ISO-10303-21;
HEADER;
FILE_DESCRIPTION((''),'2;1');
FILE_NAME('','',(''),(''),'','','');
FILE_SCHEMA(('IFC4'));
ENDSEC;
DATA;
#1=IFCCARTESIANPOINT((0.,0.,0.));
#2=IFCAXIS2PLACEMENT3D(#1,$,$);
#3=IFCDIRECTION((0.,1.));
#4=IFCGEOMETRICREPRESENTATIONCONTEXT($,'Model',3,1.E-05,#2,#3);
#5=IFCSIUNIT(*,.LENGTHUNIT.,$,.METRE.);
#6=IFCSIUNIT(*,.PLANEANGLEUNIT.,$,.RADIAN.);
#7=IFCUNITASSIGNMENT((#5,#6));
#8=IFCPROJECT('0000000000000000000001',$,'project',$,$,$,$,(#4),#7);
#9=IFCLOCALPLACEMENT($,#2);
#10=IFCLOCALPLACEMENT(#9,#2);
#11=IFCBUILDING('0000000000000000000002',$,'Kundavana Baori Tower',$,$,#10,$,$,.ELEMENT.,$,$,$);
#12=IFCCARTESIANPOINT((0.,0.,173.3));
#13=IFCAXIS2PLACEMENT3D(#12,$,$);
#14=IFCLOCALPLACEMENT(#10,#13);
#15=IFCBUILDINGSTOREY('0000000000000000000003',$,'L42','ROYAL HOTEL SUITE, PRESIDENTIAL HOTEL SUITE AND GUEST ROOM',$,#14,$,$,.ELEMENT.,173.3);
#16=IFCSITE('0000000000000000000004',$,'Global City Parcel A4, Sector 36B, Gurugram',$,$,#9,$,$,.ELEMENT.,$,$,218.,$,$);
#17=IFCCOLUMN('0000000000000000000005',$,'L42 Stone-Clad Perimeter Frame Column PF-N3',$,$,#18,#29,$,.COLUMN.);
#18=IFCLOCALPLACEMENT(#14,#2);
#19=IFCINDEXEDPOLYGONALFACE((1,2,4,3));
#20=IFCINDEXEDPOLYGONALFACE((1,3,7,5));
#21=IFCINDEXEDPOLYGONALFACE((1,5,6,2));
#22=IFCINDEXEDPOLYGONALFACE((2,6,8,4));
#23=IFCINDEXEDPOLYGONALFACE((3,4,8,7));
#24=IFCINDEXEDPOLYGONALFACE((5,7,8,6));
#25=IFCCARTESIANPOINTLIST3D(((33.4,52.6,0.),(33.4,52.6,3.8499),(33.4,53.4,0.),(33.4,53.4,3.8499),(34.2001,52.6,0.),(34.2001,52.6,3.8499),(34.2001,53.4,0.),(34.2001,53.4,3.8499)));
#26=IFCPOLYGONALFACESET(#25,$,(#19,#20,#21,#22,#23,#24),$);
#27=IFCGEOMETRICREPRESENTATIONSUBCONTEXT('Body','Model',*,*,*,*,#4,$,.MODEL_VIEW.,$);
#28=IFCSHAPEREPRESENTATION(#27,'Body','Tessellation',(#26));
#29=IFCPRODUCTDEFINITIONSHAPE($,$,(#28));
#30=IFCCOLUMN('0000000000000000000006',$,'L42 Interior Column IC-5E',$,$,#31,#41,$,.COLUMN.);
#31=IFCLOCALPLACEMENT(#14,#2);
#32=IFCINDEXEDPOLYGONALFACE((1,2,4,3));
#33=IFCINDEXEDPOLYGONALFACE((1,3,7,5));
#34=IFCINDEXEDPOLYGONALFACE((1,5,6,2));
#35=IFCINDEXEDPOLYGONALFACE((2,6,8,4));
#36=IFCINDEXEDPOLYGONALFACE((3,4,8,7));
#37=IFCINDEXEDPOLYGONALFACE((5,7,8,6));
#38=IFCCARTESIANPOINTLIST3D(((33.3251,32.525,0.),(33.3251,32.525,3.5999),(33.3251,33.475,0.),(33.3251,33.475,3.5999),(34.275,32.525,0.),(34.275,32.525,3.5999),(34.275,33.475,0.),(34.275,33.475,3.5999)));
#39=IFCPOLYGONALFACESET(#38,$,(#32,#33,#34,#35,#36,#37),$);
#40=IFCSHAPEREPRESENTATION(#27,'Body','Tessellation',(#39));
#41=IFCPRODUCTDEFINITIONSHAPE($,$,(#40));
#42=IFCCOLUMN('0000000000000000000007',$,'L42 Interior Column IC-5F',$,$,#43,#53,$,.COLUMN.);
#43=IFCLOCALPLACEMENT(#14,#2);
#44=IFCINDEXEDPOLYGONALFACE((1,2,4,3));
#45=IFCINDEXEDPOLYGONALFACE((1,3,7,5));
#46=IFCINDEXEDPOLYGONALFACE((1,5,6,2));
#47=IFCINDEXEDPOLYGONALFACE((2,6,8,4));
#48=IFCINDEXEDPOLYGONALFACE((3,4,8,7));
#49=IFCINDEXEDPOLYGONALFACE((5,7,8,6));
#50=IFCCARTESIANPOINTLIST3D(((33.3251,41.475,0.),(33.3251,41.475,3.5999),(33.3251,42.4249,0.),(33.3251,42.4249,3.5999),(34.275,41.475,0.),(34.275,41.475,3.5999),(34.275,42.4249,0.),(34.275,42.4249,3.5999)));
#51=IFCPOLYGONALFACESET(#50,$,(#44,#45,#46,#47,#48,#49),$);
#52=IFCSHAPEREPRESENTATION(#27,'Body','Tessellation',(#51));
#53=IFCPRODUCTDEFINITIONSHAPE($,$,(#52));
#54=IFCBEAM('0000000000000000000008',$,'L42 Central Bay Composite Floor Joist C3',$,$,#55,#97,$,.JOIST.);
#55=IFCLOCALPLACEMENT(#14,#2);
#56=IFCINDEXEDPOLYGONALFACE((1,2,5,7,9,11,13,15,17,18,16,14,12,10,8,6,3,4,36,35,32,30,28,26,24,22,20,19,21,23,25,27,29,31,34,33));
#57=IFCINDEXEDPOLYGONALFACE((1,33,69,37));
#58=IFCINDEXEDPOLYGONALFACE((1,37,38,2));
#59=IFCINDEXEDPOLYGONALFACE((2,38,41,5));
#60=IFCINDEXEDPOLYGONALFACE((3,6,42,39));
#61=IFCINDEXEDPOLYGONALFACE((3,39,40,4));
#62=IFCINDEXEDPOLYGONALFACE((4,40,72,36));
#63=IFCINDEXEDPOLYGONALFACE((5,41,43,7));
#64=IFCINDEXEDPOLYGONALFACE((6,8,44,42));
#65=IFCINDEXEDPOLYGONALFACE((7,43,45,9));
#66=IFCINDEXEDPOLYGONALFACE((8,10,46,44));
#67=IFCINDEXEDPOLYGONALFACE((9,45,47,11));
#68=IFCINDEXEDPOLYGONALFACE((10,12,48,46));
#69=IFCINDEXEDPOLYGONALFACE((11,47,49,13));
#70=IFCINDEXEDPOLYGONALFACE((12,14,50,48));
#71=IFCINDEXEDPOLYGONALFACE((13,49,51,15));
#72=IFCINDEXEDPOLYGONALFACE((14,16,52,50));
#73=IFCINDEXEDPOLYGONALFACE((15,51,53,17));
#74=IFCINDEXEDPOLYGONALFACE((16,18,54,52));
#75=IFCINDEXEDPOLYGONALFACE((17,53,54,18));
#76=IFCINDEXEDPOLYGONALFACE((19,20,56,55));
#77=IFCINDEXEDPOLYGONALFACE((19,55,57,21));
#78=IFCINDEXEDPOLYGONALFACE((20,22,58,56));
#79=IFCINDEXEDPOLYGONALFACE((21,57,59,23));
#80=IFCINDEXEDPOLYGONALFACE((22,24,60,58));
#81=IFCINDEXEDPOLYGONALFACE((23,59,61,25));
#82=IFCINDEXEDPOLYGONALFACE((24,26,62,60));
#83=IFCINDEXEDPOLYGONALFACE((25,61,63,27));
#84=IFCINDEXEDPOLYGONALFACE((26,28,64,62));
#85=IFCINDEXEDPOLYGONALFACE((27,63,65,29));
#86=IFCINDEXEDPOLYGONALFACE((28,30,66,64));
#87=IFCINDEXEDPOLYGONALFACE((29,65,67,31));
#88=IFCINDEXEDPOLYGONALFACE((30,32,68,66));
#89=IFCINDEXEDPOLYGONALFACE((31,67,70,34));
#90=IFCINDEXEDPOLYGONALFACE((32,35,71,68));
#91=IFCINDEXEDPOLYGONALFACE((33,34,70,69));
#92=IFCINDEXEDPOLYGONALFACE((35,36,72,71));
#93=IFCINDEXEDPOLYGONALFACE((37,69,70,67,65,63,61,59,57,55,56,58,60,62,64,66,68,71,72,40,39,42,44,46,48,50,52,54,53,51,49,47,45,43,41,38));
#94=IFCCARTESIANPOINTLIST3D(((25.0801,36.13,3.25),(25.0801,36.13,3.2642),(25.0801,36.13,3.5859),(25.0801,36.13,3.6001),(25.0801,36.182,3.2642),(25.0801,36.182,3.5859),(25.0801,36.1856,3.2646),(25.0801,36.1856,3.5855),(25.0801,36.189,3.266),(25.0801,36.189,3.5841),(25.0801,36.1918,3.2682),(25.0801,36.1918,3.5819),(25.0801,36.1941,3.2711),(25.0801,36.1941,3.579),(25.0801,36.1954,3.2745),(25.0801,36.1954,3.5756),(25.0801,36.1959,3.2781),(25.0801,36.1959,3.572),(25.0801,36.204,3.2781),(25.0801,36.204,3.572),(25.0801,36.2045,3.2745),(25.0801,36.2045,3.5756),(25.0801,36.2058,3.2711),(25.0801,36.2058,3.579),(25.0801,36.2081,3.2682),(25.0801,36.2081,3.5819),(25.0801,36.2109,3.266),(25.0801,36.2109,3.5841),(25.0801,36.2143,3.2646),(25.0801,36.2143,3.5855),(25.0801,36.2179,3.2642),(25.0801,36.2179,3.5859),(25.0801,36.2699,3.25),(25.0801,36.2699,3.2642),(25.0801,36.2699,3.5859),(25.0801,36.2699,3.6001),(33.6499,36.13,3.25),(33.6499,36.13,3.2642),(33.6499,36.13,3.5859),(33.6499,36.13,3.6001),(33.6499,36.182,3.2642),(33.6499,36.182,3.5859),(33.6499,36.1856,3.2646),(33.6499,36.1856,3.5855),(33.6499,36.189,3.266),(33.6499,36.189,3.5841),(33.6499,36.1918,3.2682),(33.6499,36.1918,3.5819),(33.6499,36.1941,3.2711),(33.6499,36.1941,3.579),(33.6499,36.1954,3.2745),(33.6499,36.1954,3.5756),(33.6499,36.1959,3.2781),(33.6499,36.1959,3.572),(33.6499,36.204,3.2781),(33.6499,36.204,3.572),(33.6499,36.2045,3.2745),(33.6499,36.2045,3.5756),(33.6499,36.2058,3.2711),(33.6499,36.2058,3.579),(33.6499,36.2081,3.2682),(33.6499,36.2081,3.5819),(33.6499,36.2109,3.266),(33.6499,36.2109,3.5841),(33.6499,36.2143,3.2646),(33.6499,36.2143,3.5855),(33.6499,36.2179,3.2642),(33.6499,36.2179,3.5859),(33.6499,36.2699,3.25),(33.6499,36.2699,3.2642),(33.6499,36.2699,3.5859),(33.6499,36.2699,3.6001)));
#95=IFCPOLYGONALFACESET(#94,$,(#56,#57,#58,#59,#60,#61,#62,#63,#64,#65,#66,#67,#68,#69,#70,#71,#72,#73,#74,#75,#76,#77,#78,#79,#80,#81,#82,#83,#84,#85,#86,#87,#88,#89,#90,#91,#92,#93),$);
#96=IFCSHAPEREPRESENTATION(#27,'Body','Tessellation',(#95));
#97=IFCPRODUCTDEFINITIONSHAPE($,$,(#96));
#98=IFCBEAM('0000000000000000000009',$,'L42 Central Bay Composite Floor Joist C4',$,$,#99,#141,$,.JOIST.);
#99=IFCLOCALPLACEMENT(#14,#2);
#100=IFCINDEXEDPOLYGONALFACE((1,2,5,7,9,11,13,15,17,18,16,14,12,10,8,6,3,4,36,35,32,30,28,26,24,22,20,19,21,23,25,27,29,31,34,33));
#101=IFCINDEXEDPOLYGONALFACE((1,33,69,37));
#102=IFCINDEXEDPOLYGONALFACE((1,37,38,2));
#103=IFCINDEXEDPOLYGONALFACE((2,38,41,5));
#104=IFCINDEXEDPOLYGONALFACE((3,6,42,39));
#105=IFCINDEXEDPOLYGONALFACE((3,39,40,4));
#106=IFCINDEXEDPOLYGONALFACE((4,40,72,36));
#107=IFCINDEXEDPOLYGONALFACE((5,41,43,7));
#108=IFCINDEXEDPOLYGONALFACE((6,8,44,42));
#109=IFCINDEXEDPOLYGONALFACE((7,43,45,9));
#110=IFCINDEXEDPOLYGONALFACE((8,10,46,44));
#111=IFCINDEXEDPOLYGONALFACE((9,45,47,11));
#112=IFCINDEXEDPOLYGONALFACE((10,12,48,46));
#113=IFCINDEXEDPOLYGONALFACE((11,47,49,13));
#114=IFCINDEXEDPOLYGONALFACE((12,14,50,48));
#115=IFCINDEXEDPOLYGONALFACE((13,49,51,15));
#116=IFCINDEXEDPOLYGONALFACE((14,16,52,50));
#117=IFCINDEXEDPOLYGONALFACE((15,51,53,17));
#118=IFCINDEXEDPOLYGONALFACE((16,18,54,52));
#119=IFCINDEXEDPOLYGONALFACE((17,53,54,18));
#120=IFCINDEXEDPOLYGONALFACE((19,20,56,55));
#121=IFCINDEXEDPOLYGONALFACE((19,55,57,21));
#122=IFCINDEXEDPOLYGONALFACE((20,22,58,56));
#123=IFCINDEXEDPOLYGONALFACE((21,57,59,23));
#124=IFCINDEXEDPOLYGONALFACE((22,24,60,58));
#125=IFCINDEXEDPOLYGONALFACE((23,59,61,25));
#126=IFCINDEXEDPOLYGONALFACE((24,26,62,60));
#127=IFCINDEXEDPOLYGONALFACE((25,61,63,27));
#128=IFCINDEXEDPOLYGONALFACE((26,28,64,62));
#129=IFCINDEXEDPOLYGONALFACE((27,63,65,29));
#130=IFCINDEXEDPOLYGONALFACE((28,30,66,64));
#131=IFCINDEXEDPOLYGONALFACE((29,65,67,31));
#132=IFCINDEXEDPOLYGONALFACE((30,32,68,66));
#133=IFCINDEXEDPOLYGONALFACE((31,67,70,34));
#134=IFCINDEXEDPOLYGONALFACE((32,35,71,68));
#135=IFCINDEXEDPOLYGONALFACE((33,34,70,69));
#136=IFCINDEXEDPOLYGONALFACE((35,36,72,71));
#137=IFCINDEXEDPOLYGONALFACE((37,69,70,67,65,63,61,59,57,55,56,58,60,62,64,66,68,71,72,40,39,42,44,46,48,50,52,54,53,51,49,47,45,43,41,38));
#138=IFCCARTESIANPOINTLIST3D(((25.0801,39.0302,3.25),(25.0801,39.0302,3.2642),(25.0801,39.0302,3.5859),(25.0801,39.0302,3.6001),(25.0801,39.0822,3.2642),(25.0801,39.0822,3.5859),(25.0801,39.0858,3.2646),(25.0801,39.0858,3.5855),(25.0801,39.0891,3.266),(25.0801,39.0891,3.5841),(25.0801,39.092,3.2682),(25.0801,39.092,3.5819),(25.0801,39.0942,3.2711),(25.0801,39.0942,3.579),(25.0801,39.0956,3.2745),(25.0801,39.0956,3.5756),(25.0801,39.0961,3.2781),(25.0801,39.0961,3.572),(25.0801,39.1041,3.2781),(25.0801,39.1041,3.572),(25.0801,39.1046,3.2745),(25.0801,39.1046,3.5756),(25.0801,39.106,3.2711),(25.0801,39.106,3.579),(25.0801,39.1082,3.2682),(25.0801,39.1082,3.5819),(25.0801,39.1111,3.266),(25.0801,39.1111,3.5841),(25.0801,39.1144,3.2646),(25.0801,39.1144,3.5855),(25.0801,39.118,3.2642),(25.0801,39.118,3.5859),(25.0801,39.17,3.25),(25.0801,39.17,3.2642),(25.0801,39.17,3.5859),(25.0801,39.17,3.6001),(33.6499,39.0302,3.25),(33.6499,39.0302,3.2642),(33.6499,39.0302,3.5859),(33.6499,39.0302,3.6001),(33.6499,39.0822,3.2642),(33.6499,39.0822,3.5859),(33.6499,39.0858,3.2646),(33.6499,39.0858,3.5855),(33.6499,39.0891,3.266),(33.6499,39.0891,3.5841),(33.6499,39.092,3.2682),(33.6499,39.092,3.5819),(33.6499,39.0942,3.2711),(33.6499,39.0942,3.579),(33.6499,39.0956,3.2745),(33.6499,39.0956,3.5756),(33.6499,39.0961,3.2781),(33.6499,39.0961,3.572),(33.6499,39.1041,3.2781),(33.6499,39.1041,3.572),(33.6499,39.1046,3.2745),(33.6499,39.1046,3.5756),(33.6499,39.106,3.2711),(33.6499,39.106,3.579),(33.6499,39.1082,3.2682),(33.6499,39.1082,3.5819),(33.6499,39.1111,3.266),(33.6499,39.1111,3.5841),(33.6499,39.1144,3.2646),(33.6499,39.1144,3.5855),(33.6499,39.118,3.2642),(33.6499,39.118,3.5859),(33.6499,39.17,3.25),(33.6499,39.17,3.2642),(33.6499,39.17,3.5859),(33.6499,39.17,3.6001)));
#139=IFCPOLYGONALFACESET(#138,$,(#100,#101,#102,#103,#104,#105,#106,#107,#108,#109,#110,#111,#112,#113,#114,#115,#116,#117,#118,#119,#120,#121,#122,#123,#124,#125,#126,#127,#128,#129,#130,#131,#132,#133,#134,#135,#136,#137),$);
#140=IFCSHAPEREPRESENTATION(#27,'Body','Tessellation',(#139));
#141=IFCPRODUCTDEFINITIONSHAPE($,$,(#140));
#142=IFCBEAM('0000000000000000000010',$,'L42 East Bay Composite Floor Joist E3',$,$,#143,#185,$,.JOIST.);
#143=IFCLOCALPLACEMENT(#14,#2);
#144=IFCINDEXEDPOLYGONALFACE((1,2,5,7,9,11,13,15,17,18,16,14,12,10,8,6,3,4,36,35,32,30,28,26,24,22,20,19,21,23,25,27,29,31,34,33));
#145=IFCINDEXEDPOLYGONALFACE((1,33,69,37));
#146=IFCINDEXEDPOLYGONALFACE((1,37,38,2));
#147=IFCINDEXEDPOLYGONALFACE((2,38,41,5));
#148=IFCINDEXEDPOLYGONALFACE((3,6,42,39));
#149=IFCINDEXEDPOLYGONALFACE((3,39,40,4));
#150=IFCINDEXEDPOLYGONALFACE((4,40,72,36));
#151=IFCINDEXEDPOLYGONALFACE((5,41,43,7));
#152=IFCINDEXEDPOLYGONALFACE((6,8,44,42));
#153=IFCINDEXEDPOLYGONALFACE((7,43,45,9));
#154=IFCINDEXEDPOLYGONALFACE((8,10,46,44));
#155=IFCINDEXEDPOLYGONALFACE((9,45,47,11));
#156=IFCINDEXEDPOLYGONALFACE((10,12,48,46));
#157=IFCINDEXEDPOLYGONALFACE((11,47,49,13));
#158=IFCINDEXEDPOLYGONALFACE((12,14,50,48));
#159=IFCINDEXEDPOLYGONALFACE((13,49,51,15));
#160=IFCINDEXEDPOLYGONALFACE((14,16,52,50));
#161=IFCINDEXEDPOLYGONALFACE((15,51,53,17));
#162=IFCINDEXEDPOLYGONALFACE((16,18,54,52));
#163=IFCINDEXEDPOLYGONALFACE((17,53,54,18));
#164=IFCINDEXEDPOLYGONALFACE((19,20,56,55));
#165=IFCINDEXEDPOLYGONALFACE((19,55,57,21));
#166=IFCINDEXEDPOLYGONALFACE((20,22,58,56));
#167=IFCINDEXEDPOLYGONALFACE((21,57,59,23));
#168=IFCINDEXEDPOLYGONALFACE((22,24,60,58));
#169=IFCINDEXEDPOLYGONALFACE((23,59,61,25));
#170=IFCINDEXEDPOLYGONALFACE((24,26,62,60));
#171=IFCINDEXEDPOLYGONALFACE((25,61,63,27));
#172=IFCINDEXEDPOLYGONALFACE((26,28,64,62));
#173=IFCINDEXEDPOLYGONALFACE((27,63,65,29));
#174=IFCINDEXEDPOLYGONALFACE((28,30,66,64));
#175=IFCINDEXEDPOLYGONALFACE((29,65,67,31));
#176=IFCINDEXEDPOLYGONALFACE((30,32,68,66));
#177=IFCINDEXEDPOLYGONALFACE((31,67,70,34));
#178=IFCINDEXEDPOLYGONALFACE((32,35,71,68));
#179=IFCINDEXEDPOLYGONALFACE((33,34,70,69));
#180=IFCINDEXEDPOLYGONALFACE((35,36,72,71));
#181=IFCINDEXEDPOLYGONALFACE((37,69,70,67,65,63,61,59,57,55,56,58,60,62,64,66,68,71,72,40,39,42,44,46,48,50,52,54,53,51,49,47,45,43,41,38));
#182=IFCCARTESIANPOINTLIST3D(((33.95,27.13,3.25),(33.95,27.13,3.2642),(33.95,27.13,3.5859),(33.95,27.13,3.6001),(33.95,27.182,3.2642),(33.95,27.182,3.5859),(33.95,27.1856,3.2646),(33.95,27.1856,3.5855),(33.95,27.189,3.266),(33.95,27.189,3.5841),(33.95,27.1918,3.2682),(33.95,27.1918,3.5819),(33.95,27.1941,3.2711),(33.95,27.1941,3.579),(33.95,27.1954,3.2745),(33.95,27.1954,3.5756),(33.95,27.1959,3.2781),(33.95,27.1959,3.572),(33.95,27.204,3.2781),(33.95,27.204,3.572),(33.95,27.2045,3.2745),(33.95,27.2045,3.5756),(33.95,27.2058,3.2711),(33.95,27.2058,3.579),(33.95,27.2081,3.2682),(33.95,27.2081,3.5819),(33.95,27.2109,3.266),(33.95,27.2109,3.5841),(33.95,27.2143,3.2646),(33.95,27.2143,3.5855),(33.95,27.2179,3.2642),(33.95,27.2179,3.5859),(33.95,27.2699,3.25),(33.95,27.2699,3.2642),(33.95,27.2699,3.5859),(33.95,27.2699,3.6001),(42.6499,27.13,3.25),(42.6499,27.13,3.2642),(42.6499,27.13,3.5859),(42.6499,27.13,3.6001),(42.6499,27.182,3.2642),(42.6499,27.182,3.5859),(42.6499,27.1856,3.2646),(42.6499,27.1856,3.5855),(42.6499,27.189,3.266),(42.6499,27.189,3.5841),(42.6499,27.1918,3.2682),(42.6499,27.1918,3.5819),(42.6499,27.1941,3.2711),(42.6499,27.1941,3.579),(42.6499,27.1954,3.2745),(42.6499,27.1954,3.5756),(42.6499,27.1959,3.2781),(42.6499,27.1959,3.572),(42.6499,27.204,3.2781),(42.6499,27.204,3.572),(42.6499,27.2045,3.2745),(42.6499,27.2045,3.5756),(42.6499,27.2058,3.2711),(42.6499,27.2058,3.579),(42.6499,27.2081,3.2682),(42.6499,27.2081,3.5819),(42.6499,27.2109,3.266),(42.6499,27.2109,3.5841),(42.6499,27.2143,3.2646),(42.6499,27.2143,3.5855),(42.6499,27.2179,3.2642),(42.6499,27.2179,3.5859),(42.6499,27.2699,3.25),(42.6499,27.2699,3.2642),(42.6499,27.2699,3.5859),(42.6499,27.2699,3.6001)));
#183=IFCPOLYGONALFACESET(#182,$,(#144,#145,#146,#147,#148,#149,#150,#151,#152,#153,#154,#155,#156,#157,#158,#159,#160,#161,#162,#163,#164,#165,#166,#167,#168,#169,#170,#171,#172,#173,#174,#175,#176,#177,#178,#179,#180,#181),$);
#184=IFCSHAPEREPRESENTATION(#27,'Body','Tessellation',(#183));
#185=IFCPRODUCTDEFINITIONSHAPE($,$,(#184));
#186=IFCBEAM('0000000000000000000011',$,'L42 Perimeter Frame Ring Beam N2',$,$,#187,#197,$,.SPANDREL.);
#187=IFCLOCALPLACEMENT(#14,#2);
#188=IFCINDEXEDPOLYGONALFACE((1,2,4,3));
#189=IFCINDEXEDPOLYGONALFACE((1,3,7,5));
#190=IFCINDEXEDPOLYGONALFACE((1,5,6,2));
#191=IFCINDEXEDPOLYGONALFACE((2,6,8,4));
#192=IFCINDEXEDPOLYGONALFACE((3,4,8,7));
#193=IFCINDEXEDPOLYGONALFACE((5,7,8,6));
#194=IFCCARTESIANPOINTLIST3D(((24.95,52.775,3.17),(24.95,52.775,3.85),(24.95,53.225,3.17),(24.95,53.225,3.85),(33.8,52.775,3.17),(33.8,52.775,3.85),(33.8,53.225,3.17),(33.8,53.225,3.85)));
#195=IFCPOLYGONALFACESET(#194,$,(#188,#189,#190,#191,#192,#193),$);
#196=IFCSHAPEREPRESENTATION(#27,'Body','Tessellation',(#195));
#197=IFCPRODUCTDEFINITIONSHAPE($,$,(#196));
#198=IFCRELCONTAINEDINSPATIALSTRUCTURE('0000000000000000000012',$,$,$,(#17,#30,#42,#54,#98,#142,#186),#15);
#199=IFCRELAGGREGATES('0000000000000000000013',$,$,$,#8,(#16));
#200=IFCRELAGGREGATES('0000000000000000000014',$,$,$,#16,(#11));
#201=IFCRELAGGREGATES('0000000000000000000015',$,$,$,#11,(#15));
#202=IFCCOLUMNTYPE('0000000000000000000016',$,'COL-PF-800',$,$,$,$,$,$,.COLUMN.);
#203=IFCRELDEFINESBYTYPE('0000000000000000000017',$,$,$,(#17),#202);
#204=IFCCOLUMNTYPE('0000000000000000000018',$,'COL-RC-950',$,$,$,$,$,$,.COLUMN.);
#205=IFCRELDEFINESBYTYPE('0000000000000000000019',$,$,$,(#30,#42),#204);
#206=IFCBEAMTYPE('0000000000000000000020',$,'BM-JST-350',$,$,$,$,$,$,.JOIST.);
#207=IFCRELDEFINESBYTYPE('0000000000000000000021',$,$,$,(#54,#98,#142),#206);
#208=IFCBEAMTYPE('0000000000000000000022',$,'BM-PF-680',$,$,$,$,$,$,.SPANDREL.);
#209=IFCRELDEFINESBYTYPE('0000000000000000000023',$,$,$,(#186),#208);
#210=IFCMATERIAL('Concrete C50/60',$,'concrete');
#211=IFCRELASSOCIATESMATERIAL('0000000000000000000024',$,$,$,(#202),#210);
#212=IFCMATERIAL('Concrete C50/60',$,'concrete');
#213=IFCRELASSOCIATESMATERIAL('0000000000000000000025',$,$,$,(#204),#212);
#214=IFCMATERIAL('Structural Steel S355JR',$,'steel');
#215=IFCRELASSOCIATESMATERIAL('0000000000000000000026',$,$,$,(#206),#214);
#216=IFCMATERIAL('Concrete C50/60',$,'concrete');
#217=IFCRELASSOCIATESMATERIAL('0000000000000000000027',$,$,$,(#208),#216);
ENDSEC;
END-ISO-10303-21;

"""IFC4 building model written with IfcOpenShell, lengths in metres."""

from ifc_helpers import new_model, si_unit, direction, frame, origin, origin_2d, place, context, subcontext, project, spatial, rectangle, i_section, extrude, material, material_profile, profile_set, type_object, element, save


model = new_model("IFC4")

# Units and contexts
model_context = context("Model", 3, precision=1e-05, world=origin(), true_north=direction((0.0, 1.0)))
body_context = subcontext(model_context, "Body", "Model", "MODEL_VIEW")
ifc_project = project(units=[si_unit("LENGTHUNIT", "METRE"), si_unit("PLANEANGLEUNIT", "RADIAN")], contexts=[model_context])

# Site, building, storey
site_placement = place(None, origin())
site = spatial("IfcSite", under=ifc_project, at=site_placement, Name="Global City Parcel A4, Sector 36B, Gurugram", CompositionType="ELEMENT", RefElevation=218.0)
building_placement = place(site_placement, origin())
building = spatial("IfcBuilding", under=site, at=building_placement, Name="Kundavana Baori Tower", CompositionType="ELEMENT")
storey_placement = place(building_placement, frame((0.0, 0.0, 173.3)))
storey = spatial("IfcBuildingStorey", under=building, at=storey_placement, Name="L42", Description="ROYAL HOTEL SUITE, PRESIDENTIAL HOTEL SUITE AND GUEST ROOM", CompositionType="ELEMENT", Elevation=173.3)

# Columns
ifc_material_1 = material(Name="Concrete C50/60", Category="concrete")
ifc_material_profile_1 = material_profile(ifc_material_1, rectangle(XDim=0.8, YDim=0.8, at=origin_2d()), Name="RC PF 800x800")
ifc_profile_set_1 = profile_set([ifc_material_profile_1], Name="Concrete C50/60")
column_type_1 = type_object("IfcColumnType", Name="COL-PF-800", PredefinedType="COLUMN", material=ifc_profile_set_1)
column_placement = place(storey_placement, frame((33.8, 53.0, 0.0), z_axis=(0.0, 0.0, 1.0), x_axis=(1.0, 0.0, 0.0)))
element("IfcColumn", 1, at=column_placement, inside=storey, type_object=column_type_1, Name="L42 Stone-Clad Perimeter Frame Column PF-N3", PredefinedType="COLUMN", context=body_context, shape_type="SweptSolid", body=[
    extrude(rectangle(XDim=0.8, YDim=0.8, at=origin_2d()), origin(), (0.0, 0.0, 1.0), 3.8499),
])
ifc_material_2 = material(Name="Concrete C50/60", Category="concrete")
ifc_material_profile_2 = material_profile(ifc_material_2, rectangle(XDim=0.95, YDim=0.95, at=origin_2d()), Name="RC 950x950")
ifc_profile_set_2 = profile_set([ifc_material_profile_2], Name="Concrete C50/60")
column_type_2 = type_object("IfcColumnType", Name="COL-RC-950", PredefinedType="COLUMN", material=ifc_profile_set_2)
for number, where, z_axis, x_axis, name in (
    (2, (33.8, 33.0, 0.0), (0.0, 0.0, 1.0), (1.0, 0.0, 0.0), "L42 Interior Column IC-5E"),
    (3, (33.8, 41.95, 0.0), (0.0, 0.0, 1.0), (1.0, 0.0, 0.0), "L42 Interior Column IC-5F"),
):
    element("IfcColumn", number, at=place(storey_placement, frame(where, z_axis=z_axis, x_axis=x_axis)), inside=storey, type_object=column_type_2, Name=name, PredefinedType="COLUMN", context=body_context, shape_type="SweptSolid", body=[
        extrude(rectangle(XDim=0.95, YDim=0.95, at=origin_2d()), origin(), (0.0, 0.0, 1.0), 3.5999),
    ])

# Beams
ifc_material_3 = material(Name="Structural Steel S355JR", Category="steel")
ifc_material_profile_3 = material_profile(ifc_material_3, i_section(OverallWidth=0.1399, OverallDepth=0.3501, WebThickness=0.0081, FlangeThickness=0.0142, FilletRadius=0.0139, at=origin_2d()), Name="ISMB 350")
ifc_profile_set_3 = profile_set([ifc_material_profile_3], Name="Structural Steel S355JR")
beam_type_1 = type_object("IfcBeamType", Name="BM-JST-350", PredefinedType="JOIST", material=ifc_profile_set_3)
for number, where, z_axis, x_axis, name in (
    (4, (25.0801, 36.2, 3.425), (1.0, 0.0, 0.0), (0.0, 1.0, 0.0), "L42 Central Bay Composite Floor Joist C3"),
    (5, (25.0801, 39.1001, 3.425), (1.0, 0.0, 0.0), (0.0, 1.0, 0.0), "L42 Central Bay Composite Floor Joist C4"),
):
    element("IfcBeam", number, at=place(storey_placement, frame(where, z_axis=z_axis, x_axis=x_axis)), inside=storey, type_object=beam_type_1, Name=name, PredefinedType="JOIST", context=body_context, shape_type="SweptSolid", body=[
        extrude(i_section(OverallWidth=0.1399, OverallDepth=0.3501, WebThickness=0.0081, FlangeThickness=0.0142, FilletRadius=0.0139, at=origin_2d()), origin(), (0.0, 0.0, 1.0), 8.5698),
    ])
beam_1_placement = place(storey_placement, frame((33.95, 27.2, 3.425), z_axis=(1.0, 0.0, 0.0), x_axis=(0.0, 1.0, 0.0)))
element("IfcBeam", 6, at=beam_1_placement, inside=storey, type_object=beam_type_1, Name="L42 East Bay Composite Floor Joist E3", PredefinedType="JOIST", context=body_context, shape_type="SweptSolid", body=[
    extrude(i_section(OverallWidth=0.1399, OverallDepth=0.3501, WebThickness=0.0081, FlangeThickness=0.0142, FilletRadius=0.0139, at=origin_2d()), origin(), (0.0, 0.0, 1.0), 8.7),
])
ifc_material_4 = material(Name="Concrete C50/60", Category="concrete")
ifc_material_profile_4 = material_profile(ifc_material_4, rectangle(XDim=0.45, YDim=0.6799, at=origin_2d()), Name="RC BM 450x680")
ifc_profile_set_4 = profile_set([ifc_material_profile_4], Name="Concrete C50/60")
beam_type_2 = type_object("IfcBeamType", Name="BM-PF-680", PredefinedType="SPANDREL", material=ifc_profile_set_4)
beam_2_placement = place(storey_placement, frame((24.95, 53.0, 3.51), z_axis=(1.0, 0.0, 0.0), x_axis=(0.0, 1.0, 0.0)))
element("IfcBeam", 7, at=beam_2_placement, inside=storey, type_object=beam_type_2, Name="L42 Perimeter Frame Ring Beam N2", PredefinedType="SPANDREL", context=body_context, shape_type="SweptSolid", body=[
    extrude(rectangle(XDim=0.45, YDim=0.6799, at=origin_2d()), origin(), (0.0, 0.0, 1.0), 8.8501),
])

save(model, "model.ifc")
